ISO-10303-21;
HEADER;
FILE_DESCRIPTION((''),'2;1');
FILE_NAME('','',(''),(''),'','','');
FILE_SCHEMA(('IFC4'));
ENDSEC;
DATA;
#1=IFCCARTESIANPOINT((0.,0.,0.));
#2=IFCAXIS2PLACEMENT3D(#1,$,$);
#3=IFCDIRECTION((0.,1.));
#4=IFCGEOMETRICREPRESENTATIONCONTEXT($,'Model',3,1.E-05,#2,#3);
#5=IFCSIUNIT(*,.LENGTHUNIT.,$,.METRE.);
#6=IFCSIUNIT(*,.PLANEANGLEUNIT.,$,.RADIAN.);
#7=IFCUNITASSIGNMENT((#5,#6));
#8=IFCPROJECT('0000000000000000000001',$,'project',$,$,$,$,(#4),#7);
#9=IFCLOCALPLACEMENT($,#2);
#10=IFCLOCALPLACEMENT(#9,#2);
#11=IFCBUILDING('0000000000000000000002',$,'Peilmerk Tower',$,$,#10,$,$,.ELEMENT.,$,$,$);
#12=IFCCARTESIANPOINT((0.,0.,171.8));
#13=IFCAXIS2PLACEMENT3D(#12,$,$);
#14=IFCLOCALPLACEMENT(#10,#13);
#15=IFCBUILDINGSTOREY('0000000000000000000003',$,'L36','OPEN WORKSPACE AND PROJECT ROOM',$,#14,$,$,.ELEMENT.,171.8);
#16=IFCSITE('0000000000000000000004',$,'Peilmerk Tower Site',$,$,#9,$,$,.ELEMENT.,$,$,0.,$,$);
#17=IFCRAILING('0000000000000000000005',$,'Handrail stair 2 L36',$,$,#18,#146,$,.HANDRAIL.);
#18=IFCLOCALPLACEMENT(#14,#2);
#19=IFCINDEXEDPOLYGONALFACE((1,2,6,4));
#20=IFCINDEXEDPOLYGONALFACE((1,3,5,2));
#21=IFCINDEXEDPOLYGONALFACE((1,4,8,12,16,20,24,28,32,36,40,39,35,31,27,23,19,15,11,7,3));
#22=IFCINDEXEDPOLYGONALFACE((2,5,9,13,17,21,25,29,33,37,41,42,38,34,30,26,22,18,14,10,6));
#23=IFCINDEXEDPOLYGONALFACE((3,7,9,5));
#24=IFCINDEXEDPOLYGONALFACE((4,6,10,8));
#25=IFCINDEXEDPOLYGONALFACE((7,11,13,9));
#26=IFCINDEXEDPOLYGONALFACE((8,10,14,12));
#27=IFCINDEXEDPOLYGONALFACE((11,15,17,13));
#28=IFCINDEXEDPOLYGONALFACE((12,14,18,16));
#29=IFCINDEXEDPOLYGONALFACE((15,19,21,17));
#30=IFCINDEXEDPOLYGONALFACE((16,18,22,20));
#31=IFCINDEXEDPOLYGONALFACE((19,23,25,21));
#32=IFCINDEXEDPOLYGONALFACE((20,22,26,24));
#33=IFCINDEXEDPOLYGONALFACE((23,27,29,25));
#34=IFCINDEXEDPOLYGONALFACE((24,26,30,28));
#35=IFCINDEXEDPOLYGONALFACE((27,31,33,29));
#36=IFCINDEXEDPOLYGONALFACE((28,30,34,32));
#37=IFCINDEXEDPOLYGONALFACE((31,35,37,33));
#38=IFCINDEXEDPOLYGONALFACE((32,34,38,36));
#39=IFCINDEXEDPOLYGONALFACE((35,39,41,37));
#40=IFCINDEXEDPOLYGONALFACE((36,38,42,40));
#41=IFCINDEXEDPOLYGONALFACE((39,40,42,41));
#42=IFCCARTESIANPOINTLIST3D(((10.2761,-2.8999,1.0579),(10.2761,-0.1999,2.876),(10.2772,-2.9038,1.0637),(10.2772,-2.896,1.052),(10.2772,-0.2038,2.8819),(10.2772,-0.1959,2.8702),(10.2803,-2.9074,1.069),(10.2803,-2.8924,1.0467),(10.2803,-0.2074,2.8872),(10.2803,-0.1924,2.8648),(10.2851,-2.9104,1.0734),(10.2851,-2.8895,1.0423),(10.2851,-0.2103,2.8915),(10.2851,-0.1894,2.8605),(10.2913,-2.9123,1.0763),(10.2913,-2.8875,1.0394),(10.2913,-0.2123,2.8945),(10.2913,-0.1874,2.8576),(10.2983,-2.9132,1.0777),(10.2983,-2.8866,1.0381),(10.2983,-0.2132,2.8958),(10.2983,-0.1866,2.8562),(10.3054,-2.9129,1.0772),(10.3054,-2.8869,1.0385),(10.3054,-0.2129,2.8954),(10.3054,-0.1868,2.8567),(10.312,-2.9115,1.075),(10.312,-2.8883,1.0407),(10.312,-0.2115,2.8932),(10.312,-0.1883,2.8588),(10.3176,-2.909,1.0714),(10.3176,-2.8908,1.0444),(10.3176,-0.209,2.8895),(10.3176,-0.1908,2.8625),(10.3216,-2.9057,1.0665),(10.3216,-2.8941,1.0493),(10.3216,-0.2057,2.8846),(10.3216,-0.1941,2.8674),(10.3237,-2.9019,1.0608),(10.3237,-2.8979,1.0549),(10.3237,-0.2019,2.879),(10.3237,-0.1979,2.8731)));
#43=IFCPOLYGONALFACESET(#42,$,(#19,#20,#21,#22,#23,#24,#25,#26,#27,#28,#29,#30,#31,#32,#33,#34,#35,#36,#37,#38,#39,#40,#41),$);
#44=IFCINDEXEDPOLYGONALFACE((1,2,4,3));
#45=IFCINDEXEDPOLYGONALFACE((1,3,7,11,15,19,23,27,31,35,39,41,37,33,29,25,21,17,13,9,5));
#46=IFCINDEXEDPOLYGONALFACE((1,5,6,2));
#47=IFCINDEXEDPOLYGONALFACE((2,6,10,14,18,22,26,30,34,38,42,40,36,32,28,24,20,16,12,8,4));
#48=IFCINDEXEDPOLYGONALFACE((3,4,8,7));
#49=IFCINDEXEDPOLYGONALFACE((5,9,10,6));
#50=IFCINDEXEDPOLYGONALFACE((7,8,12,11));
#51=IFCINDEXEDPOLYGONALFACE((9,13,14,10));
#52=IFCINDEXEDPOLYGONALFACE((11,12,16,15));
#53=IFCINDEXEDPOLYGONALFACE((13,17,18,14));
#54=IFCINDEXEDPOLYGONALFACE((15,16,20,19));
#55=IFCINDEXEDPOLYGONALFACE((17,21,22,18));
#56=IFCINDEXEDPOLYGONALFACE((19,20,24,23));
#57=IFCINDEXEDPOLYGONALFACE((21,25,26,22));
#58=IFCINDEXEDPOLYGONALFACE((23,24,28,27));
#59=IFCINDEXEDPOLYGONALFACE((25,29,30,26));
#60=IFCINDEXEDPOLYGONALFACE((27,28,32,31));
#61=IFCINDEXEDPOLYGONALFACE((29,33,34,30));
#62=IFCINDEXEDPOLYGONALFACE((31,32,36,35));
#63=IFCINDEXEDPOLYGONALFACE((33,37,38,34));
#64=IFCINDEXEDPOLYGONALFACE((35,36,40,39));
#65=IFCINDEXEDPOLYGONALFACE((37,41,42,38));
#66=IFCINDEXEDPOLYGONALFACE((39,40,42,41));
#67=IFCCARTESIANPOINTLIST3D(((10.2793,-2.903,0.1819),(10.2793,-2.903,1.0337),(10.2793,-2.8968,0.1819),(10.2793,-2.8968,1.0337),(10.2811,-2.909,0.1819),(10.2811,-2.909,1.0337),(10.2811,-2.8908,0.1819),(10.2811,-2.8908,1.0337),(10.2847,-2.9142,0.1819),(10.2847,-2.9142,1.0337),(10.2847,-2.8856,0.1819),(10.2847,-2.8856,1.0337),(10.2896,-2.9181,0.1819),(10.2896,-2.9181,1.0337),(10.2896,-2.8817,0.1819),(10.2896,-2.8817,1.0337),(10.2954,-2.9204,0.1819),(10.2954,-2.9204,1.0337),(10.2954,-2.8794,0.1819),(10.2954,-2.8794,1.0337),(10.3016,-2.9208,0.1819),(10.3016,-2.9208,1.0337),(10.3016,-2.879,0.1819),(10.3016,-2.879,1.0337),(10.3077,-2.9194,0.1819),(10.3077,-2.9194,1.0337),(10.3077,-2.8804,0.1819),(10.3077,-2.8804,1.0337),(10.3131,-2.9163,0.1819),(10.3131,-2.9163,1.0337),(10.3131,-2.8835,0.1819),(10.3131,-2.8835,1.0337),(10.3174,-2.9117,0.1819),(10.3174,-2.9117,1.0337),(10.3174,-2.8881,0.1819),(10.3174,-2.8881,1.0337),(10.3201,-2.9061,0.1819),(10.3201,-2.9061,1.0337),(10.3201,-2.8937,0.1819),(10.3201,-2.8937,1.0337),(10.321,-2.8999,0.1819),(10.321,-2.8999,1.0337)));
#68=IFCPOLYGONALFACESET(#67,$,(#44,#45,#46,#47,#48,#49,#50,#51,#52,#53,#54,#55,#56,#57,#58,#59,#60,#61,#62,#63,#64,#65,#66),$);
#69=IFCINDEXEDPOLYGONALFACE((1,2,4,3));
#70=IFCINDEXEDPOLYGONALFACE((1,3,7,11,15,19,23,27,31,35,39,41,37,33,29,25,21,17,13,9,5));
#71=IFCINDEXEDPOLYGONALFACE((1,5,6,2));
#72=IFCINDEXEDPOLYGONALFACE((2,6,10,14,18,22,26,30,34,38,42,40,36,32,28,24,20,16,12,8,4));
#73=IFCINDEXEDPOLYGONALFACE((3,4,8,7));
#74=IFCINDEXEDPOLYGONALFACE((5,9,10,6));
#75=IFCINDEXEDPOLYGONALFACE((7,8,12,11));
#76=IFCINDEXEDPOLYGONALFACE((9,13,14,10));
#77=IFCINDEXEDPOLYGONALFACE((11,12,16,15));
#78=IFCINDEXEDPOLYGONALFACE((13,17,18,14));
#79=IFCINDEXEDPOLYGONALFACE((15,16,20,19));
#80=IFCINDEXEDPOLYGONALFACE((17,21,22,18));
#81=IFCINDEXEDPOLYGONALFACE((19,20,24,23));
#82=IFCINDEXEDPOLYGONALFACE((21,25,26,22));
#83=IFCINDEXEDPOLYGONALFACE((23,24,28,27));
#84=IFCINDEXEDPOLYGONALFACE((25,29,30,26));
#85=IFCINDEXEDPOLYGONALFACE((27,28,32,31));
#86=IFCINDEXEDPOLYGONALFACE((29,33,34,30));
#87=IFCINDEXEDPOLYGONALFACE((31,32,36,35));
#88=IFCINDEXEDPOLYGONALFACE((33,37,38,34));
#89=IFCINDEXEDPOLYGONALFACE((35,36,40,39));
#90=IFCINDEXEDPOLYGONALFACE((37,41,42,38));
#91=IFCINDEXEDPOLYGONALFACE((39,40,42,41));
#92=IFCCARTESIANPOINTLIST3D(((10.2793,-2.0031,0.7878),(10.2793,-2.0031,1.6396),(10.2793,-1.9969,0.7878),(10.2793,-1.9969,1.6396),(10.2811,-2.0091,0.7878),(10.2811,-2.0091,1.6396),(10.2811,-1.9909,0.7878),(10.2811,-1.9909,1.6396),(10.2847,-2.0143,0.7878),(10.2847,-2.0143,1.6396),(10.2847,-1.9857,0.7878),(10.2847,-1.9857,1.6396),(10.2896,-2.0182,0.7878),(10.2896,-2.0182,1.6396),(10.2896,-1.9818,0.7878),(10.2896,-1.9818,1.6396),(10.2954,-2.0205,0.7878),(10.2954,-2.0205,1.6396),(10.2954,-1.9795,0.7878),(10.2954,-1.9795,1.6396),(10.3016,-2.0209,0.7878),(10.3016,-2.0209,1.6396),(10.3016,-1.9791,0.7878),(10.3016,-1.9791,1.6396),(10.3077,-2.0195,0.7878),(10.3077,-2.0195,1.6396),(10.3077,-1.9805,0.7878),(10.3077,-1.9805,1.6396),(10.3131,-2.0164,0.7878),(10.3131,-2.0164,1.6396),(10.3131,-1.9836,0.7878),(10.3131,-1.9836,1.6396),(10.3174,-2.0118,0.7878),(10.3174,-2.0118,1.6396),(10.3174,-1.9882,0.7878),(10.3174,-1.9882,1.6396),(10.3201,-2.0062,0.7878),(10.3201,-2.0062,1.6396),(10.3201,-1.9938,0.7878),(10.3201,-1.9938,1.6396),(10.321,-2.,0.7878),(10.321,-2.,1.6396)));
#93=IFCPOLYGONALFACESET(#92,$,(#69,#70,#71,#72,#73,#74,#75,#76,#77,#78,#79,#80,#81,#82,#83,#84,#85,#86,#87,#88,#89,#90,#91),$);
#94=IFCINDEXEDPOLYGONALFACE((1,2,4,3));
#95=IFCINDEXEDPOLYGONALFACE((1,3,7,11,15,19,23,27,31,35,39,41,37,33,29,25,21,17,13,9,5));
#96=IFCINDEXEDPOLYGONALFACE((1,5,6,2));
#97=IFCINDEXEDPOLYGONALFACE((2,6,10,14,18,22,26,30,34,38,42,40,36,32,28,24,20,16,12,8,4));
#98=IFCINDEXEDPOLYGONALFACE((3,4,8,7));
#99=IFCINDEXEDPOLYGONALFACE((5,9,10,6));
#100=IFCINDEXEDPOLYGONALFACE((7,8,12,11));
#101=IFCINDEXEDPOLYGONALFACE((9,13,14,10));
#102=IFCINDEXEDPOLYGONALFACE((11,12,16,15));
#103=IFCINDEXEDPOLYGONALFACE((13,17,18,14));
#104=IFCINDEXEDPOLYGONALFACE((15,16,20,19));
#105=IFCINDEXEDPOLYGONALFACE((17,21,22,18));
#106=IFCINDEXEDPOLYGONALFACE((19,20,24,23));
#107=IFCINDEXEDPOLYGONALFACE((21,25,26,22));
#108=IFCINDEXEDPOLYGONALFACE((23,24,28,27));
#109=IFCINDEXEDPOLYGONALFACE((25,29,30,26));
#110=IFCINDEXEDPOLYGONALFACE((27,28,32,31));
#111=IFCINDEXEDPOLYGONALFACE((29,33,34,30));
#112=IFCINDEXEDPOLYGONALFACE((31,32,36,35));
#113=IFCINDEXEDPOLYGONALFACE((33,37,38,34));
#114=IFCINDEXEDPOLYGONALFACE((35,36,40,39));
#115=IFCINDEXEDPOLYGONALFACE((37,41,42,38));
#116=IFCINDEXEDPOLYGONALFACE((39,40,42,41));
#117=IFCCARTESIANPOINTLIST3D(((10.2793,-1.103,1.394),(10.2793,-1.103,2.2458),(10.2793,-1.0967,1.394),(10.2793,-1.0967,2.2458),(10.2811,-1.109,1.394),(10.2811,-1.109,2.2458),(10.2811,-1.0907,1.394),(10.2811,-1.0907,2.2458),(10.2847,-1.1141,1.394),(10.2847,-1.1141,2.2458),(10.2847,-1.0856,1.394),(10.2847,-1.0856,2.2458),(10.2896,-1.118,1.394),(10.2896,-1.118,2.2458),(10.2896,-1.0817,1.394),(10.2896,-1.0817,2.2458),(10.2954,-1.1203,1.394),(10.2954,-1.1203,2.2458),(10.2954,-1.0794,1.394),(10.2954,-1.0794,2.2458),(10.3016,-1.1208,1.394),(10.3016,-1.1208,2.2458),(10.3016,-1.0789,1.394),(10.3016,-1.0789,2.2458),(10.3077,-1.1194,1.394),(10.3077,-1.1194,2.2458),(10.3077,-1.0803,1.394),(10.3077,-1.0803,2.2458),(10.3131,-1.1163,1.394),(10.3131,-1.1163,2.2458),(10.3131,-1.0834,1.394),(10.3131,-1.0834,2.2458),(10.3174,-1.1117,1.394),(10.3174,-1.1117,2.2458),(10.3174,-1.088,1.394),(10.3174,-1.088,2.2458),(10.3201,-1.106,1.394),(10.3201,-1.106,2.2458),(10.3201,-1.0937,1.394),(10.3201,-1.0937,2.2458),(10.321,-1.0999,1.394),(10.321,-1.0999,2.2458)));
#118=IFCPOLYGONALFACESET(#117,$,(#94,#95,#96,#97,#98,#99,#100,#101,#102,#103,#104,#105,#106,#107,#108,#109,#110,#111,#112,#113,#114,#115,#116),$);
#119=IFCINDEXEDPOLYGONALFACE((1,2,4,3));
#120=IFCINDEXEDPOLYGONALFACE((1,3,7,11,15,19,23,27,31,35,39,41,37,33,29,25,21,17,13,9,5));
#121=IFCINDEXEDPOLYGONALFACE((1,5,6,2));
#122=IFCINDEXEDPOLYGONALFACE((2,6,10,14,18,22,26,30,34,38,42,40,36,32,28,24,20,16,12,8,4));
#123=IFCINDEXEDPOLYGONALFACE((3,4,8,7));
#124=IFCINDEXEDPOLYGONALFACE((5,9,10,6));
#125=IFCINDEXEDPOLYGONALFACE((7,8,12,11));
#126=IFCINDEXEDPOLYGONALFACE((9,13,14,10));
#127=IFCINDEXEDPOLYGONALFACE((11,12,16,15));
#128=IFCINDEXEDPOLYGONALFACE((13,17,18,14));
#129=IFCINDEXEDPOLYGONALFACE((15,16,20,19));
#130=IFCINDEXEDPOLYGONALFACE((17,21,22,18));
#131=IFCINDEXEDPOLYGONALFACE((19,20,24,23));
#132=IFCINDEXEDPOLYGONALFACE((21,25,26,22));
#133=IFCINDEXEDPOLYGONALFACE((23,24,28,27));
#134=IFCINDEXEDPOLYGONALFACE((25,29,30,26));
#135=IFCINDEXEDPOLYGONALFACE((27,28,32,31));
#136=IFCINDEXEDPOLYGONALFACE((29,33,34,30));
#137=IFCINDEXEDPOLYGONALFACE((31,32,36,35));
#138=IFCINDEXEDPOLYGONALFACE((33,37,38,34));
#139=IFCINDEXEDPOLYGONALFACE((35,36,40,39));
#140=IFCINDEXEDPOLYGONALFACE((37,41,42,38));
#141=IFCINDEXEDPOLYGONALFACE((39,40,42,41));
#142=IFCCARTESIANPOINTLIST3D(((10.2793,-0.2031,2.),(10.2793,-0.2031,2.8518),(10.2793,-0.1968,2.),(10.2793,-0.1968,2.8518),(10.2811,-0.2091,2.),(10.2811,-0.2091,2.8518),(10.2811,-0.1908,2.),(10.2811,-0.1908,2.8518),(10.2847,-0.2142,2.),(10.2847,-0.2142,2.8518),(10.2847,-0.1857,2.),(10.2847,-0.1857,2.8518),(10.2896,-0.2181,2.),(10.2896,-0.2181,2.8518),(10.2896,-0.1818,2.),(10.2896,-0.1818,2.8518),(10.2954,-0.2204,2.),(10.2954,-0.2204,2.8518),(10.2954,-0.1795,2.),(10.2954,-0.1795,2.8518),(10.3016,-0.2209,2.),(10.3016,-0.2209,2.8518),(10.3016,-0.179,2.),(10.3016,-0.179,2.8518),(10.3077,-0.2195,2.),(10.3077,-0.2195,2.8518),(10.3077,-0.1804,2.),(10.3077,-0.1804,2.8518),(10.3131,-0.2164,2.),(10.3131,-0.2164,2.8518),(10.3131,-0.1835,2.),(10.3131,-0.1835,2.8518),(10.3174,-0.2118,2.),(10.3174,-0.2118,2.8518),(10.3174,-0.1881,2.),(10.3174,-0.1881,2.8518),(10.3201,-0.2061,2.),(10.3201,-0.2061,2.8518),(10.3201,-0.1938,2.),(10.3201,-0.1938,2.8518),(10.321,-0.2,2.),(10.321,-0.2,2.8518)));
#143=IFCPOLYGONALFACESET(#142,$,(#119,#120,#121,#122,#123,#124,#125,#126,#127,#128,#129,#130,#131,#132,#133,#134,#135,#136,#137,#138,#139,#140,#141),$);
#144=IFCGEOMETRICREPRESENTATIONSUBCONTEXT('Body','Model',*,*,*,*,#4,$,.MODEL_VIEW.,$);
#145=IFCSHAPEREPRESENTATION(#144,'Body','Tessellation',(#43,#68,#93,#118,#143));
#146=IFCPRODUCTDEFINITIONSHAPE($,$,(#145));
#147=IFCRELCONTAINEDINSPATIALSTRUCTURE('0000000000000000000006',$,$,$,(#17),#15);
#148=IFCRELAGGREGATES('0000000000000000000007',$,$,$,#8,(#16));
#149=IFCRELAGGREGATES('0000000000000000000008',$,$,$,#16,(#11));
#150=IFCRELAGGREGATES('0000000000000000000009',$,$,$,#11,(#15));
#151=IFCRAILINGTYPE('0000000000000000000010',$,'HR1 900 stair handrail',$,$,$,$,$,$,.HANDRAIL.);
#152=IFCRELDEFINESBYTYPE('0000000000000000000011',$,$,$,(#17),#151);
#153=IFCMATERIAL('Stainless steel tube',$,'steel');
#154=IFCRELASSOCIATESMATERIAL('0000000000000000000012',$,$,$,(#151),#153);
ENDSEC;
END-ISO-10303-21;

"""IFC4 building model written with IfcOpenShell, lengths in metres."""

from ifc_helpers import new_model, si_unit, direction, frame, origin, origin_2d, place, context, subcontext, project, spatial, circle, extrude, material, type_object, element, save


model = new_model("IFC4")

# Units and contexts
model_context = context("Model", 3, precision=1e-05, world=origin(), true_north=direction((0.0, 1.0)))
body_context = subcontext(model_context, "Body", "Model", "MODEL_VIEW")
ifc_project = project(units=[si_unit("LENGTHUNIT", "METRE"), si_unit("PLANEANGLEUNIT", "RADIAN")], contexts=[model_context])

# Site, building, storey
site_placement = place(None, origin())
site = spatial("IfcSite", under=ifc_project, at=site_placement, Name="Peilmerk Tower Site", CompositionType="ELEMENT", RefElevation=0.0)
building_placement = place(site_placement, origin())
building = spatial("IfcBuilding", under=site, at=building_placement, Name="Peilmerk Tower", CompositionType="ELEMENT")
storey_placement = place(building_placement, frame((0.0, 0.0, 171.8)))
storey = spatial("IfcBuildingStorey", under=building, at=storey_placement, Name="L36", Description="OPEN WORKSPACE AND PROJECT ROOM", CompositionType="ELEMENT", Elevation=171.8)

# Railing
ifc_material_1 = material(Name="Stainless steel tube", Category="steel")
railing_type_1 = type_object("IfcRailingType", Name="HR1 900 stair handrail", PredefinedType="HANDRAIL", material=ifc_material_1)
railing_1_placement = place(storey_placement, frame((10.3, -2.8999, 0.1819)))
element("IfcRailing", 1, at=railing_1_placement, inside=storey, type_object=railing_type_1, Name="Handrail stair 2 L36", PredefinedType="HANDRAIL", context=body_context, shape_type="SweptSolid", body=[
    extrude(circle(Radius=0.0239, at=origin_2d()), frame((0.0, 0.0, 0.876), z_axis=(0.0, 0.829468, 0.558554), x_axis=(-1.0, 0.0, 0.0)), (0.0, 0.0, 1.0), 3.2551),
    extrude(circle(Radius=0.021, at=origin_2d()), origin(), (0.0, 0.0, 1.0), 0.8518),
    extrude(circle(Radius=0.021, at=origin_2d()), frame((0.0, 0.8999, 0.606)), (0.0, 0.0, 1.0), 0.8518),
    extrude(circle(Radius=0.021, at=origin_2d()), frame((0.0, 1.8, 1.2122)), (0.0, 0.0, 1.0), 0.8518),
    extrude(circle(Radius=0.021, at=origin_2d()), frame((0.0, 2.7, 1.8181)), (0.0, 0.0, 1.0), 0.8518),
])

save(model, "model.ifc")
